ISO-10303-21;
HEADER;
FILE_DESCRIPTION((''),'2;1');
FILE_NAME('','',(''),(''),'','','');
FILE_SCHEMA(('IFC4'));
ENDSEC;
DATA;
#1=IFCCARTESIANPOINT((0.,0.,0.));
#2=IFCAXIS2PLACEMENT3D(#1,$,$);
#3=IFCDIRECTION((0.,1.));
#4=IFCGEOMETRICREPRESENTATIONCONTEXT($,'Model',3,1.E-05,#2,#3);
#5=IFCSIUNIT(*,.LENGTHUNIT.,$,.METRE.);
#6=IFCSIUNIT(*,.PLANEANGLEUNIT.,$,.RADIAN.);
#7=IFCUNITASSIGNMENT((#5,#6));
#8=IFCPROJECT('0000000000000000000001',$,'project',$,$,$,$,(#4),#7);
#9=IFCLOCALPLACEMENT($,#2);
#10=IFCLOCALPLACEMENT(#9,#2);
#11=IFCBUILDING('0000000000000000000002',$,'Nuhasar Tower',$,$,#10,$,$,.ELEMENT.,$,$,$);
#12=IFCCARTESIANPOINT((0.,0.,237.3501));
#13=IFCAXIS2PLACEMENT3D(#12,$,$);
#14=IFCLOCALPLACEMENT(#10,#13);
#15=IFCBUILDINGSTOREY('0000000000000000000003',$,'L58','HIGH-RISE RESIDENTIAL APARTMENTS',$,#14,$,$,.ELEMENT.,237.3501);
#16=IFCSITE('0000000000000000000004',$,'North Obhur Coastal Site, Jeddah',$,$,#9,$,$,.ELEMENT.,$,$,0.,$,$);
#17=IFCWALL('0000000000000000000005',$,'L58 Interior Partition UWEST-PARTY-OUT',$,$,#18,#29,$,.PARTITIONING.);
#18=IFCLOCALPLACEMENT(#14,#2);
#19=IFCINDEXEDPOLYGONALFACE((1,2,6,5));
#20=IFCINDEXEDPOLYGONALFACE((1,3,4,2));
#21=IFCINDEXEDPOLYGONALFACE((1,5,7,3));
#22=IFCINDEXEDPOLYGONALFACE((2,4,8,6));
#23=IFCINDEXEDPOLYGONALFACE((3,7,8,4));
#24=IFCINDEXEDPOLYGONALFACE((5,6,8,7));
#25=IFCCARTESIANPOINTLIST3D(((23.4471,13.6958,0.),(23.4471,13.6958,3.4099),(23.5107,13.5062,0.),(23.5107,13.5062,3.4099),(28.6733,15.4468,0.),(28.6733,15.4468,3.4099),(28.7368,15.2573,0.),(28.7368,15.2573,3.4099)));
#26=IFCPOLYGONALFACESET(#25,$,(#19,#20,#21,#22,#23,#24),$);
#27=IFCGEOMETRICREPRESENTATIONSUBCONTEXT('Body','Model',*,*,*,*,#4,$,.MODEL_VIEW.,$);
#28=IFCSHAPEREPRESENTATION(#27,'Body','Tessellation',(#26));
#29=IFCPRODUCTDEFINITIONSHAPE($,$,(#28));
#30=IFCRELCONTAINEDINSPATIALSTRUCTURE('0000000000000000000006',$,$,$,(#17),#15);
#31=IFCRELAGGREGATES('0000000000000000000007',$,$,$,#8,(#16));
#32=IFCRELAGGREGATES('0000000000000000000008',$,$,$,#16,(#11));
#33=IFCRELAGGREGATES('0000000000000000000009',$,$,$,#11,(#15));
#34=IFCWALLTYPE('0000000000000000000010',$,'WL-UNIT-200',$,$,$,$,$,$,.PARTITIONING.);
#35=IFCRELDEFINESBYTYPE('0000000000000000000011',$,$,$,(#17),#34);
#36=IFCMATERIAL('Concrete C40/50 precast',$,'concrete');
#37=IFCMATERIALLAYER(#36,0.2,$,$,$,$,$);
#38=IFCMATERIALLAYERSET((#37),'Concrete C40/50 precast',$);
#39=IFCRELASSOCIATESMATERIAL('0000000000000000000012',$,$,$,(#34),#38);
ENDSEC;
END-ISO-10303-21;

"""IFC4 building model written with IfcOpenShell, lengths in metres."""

from ifc_helpers import new_model, si_unit, direction, frame, frame_2d, origin, place, context, subcontext, project, spatial, rectangle, extrude, material, layer, layer_set, type_object, element, save


model = new_model("IFC4")

# Units and contexts
model_context = context("Model", 3, precision=1e-05, world=origin(), true_north=direction((0.0, 1.0)))
body_context = subcontext(model_context, "Body", "Model", "MODEL_VIEW")
ifc_project = project(units=[si_unit("LENGTHUNIT", "METRE"), si_unit("PLANEANGLEUNIT", "RADIAN")], contexts=[model_context])

# Site, building, storey
site_placement = place(None, origin())
site = spatial("IfcSite", under=ifc_project, at=site_placement, Name="North Obhur Coastal Site, Jeddah", CompositionType="ELEMENT", RefElevation=0.0)
building_placement = place(site_placement, origin())
building = spatial("IfcBuilding", under=site, at=building_placement, Name="Nuhasar Tower", CompositionType="ELEMENT")
storey_placement = place(building_placement, frame((0.0, 0.0, 237.3501)))
storey = spatial("IfcBuildingStorey", under=building, at=storey_placement, Name="L58", Description="HIGH-RISE RESIDENTIAL APARTMENTS", CompositionType="ELEMENT", Elevation=237.3501)

# Wall
ifc_material_1 = material(Name="Concrete C40/50 precast", Category="concrete")
ifc_layer_1 = layer(ifc_material_1, 0.2)
ifc_layer_set_1 = layer_set([ifc_layer_1], Name="Concrete C40/50 precast")
wall_type_1 = type_object("IfcWallType", Name="WL-UNIT-200", PredefinedType="PARTITIONING", material=ifc_layer_set_1)
wall_1_placement = place(storey_placement, frame((28.7051, 15.3521, 0.0), z_axis=(0.0, 0.0, 1.0), x_axis=(-0.948195, -0.317689, 0.0)))
element("IfcWall", 1, at=wall_1_placement, inside=storey, type_object=wall_type_1, Name="L58 Interior Partition UWEST-PARTY-OUT", PredefinedType="PARTITIONING", context=body_context, shape_type="SweptSolid", body=[
    extrude(rectangle(XDim=5.5117, YDim=0.2, at=frame_2d((2.7559, 0.0))), origin(), (0.0, 0.0, 1.0), 3.4099),
])

save(model, "model.ifc")
